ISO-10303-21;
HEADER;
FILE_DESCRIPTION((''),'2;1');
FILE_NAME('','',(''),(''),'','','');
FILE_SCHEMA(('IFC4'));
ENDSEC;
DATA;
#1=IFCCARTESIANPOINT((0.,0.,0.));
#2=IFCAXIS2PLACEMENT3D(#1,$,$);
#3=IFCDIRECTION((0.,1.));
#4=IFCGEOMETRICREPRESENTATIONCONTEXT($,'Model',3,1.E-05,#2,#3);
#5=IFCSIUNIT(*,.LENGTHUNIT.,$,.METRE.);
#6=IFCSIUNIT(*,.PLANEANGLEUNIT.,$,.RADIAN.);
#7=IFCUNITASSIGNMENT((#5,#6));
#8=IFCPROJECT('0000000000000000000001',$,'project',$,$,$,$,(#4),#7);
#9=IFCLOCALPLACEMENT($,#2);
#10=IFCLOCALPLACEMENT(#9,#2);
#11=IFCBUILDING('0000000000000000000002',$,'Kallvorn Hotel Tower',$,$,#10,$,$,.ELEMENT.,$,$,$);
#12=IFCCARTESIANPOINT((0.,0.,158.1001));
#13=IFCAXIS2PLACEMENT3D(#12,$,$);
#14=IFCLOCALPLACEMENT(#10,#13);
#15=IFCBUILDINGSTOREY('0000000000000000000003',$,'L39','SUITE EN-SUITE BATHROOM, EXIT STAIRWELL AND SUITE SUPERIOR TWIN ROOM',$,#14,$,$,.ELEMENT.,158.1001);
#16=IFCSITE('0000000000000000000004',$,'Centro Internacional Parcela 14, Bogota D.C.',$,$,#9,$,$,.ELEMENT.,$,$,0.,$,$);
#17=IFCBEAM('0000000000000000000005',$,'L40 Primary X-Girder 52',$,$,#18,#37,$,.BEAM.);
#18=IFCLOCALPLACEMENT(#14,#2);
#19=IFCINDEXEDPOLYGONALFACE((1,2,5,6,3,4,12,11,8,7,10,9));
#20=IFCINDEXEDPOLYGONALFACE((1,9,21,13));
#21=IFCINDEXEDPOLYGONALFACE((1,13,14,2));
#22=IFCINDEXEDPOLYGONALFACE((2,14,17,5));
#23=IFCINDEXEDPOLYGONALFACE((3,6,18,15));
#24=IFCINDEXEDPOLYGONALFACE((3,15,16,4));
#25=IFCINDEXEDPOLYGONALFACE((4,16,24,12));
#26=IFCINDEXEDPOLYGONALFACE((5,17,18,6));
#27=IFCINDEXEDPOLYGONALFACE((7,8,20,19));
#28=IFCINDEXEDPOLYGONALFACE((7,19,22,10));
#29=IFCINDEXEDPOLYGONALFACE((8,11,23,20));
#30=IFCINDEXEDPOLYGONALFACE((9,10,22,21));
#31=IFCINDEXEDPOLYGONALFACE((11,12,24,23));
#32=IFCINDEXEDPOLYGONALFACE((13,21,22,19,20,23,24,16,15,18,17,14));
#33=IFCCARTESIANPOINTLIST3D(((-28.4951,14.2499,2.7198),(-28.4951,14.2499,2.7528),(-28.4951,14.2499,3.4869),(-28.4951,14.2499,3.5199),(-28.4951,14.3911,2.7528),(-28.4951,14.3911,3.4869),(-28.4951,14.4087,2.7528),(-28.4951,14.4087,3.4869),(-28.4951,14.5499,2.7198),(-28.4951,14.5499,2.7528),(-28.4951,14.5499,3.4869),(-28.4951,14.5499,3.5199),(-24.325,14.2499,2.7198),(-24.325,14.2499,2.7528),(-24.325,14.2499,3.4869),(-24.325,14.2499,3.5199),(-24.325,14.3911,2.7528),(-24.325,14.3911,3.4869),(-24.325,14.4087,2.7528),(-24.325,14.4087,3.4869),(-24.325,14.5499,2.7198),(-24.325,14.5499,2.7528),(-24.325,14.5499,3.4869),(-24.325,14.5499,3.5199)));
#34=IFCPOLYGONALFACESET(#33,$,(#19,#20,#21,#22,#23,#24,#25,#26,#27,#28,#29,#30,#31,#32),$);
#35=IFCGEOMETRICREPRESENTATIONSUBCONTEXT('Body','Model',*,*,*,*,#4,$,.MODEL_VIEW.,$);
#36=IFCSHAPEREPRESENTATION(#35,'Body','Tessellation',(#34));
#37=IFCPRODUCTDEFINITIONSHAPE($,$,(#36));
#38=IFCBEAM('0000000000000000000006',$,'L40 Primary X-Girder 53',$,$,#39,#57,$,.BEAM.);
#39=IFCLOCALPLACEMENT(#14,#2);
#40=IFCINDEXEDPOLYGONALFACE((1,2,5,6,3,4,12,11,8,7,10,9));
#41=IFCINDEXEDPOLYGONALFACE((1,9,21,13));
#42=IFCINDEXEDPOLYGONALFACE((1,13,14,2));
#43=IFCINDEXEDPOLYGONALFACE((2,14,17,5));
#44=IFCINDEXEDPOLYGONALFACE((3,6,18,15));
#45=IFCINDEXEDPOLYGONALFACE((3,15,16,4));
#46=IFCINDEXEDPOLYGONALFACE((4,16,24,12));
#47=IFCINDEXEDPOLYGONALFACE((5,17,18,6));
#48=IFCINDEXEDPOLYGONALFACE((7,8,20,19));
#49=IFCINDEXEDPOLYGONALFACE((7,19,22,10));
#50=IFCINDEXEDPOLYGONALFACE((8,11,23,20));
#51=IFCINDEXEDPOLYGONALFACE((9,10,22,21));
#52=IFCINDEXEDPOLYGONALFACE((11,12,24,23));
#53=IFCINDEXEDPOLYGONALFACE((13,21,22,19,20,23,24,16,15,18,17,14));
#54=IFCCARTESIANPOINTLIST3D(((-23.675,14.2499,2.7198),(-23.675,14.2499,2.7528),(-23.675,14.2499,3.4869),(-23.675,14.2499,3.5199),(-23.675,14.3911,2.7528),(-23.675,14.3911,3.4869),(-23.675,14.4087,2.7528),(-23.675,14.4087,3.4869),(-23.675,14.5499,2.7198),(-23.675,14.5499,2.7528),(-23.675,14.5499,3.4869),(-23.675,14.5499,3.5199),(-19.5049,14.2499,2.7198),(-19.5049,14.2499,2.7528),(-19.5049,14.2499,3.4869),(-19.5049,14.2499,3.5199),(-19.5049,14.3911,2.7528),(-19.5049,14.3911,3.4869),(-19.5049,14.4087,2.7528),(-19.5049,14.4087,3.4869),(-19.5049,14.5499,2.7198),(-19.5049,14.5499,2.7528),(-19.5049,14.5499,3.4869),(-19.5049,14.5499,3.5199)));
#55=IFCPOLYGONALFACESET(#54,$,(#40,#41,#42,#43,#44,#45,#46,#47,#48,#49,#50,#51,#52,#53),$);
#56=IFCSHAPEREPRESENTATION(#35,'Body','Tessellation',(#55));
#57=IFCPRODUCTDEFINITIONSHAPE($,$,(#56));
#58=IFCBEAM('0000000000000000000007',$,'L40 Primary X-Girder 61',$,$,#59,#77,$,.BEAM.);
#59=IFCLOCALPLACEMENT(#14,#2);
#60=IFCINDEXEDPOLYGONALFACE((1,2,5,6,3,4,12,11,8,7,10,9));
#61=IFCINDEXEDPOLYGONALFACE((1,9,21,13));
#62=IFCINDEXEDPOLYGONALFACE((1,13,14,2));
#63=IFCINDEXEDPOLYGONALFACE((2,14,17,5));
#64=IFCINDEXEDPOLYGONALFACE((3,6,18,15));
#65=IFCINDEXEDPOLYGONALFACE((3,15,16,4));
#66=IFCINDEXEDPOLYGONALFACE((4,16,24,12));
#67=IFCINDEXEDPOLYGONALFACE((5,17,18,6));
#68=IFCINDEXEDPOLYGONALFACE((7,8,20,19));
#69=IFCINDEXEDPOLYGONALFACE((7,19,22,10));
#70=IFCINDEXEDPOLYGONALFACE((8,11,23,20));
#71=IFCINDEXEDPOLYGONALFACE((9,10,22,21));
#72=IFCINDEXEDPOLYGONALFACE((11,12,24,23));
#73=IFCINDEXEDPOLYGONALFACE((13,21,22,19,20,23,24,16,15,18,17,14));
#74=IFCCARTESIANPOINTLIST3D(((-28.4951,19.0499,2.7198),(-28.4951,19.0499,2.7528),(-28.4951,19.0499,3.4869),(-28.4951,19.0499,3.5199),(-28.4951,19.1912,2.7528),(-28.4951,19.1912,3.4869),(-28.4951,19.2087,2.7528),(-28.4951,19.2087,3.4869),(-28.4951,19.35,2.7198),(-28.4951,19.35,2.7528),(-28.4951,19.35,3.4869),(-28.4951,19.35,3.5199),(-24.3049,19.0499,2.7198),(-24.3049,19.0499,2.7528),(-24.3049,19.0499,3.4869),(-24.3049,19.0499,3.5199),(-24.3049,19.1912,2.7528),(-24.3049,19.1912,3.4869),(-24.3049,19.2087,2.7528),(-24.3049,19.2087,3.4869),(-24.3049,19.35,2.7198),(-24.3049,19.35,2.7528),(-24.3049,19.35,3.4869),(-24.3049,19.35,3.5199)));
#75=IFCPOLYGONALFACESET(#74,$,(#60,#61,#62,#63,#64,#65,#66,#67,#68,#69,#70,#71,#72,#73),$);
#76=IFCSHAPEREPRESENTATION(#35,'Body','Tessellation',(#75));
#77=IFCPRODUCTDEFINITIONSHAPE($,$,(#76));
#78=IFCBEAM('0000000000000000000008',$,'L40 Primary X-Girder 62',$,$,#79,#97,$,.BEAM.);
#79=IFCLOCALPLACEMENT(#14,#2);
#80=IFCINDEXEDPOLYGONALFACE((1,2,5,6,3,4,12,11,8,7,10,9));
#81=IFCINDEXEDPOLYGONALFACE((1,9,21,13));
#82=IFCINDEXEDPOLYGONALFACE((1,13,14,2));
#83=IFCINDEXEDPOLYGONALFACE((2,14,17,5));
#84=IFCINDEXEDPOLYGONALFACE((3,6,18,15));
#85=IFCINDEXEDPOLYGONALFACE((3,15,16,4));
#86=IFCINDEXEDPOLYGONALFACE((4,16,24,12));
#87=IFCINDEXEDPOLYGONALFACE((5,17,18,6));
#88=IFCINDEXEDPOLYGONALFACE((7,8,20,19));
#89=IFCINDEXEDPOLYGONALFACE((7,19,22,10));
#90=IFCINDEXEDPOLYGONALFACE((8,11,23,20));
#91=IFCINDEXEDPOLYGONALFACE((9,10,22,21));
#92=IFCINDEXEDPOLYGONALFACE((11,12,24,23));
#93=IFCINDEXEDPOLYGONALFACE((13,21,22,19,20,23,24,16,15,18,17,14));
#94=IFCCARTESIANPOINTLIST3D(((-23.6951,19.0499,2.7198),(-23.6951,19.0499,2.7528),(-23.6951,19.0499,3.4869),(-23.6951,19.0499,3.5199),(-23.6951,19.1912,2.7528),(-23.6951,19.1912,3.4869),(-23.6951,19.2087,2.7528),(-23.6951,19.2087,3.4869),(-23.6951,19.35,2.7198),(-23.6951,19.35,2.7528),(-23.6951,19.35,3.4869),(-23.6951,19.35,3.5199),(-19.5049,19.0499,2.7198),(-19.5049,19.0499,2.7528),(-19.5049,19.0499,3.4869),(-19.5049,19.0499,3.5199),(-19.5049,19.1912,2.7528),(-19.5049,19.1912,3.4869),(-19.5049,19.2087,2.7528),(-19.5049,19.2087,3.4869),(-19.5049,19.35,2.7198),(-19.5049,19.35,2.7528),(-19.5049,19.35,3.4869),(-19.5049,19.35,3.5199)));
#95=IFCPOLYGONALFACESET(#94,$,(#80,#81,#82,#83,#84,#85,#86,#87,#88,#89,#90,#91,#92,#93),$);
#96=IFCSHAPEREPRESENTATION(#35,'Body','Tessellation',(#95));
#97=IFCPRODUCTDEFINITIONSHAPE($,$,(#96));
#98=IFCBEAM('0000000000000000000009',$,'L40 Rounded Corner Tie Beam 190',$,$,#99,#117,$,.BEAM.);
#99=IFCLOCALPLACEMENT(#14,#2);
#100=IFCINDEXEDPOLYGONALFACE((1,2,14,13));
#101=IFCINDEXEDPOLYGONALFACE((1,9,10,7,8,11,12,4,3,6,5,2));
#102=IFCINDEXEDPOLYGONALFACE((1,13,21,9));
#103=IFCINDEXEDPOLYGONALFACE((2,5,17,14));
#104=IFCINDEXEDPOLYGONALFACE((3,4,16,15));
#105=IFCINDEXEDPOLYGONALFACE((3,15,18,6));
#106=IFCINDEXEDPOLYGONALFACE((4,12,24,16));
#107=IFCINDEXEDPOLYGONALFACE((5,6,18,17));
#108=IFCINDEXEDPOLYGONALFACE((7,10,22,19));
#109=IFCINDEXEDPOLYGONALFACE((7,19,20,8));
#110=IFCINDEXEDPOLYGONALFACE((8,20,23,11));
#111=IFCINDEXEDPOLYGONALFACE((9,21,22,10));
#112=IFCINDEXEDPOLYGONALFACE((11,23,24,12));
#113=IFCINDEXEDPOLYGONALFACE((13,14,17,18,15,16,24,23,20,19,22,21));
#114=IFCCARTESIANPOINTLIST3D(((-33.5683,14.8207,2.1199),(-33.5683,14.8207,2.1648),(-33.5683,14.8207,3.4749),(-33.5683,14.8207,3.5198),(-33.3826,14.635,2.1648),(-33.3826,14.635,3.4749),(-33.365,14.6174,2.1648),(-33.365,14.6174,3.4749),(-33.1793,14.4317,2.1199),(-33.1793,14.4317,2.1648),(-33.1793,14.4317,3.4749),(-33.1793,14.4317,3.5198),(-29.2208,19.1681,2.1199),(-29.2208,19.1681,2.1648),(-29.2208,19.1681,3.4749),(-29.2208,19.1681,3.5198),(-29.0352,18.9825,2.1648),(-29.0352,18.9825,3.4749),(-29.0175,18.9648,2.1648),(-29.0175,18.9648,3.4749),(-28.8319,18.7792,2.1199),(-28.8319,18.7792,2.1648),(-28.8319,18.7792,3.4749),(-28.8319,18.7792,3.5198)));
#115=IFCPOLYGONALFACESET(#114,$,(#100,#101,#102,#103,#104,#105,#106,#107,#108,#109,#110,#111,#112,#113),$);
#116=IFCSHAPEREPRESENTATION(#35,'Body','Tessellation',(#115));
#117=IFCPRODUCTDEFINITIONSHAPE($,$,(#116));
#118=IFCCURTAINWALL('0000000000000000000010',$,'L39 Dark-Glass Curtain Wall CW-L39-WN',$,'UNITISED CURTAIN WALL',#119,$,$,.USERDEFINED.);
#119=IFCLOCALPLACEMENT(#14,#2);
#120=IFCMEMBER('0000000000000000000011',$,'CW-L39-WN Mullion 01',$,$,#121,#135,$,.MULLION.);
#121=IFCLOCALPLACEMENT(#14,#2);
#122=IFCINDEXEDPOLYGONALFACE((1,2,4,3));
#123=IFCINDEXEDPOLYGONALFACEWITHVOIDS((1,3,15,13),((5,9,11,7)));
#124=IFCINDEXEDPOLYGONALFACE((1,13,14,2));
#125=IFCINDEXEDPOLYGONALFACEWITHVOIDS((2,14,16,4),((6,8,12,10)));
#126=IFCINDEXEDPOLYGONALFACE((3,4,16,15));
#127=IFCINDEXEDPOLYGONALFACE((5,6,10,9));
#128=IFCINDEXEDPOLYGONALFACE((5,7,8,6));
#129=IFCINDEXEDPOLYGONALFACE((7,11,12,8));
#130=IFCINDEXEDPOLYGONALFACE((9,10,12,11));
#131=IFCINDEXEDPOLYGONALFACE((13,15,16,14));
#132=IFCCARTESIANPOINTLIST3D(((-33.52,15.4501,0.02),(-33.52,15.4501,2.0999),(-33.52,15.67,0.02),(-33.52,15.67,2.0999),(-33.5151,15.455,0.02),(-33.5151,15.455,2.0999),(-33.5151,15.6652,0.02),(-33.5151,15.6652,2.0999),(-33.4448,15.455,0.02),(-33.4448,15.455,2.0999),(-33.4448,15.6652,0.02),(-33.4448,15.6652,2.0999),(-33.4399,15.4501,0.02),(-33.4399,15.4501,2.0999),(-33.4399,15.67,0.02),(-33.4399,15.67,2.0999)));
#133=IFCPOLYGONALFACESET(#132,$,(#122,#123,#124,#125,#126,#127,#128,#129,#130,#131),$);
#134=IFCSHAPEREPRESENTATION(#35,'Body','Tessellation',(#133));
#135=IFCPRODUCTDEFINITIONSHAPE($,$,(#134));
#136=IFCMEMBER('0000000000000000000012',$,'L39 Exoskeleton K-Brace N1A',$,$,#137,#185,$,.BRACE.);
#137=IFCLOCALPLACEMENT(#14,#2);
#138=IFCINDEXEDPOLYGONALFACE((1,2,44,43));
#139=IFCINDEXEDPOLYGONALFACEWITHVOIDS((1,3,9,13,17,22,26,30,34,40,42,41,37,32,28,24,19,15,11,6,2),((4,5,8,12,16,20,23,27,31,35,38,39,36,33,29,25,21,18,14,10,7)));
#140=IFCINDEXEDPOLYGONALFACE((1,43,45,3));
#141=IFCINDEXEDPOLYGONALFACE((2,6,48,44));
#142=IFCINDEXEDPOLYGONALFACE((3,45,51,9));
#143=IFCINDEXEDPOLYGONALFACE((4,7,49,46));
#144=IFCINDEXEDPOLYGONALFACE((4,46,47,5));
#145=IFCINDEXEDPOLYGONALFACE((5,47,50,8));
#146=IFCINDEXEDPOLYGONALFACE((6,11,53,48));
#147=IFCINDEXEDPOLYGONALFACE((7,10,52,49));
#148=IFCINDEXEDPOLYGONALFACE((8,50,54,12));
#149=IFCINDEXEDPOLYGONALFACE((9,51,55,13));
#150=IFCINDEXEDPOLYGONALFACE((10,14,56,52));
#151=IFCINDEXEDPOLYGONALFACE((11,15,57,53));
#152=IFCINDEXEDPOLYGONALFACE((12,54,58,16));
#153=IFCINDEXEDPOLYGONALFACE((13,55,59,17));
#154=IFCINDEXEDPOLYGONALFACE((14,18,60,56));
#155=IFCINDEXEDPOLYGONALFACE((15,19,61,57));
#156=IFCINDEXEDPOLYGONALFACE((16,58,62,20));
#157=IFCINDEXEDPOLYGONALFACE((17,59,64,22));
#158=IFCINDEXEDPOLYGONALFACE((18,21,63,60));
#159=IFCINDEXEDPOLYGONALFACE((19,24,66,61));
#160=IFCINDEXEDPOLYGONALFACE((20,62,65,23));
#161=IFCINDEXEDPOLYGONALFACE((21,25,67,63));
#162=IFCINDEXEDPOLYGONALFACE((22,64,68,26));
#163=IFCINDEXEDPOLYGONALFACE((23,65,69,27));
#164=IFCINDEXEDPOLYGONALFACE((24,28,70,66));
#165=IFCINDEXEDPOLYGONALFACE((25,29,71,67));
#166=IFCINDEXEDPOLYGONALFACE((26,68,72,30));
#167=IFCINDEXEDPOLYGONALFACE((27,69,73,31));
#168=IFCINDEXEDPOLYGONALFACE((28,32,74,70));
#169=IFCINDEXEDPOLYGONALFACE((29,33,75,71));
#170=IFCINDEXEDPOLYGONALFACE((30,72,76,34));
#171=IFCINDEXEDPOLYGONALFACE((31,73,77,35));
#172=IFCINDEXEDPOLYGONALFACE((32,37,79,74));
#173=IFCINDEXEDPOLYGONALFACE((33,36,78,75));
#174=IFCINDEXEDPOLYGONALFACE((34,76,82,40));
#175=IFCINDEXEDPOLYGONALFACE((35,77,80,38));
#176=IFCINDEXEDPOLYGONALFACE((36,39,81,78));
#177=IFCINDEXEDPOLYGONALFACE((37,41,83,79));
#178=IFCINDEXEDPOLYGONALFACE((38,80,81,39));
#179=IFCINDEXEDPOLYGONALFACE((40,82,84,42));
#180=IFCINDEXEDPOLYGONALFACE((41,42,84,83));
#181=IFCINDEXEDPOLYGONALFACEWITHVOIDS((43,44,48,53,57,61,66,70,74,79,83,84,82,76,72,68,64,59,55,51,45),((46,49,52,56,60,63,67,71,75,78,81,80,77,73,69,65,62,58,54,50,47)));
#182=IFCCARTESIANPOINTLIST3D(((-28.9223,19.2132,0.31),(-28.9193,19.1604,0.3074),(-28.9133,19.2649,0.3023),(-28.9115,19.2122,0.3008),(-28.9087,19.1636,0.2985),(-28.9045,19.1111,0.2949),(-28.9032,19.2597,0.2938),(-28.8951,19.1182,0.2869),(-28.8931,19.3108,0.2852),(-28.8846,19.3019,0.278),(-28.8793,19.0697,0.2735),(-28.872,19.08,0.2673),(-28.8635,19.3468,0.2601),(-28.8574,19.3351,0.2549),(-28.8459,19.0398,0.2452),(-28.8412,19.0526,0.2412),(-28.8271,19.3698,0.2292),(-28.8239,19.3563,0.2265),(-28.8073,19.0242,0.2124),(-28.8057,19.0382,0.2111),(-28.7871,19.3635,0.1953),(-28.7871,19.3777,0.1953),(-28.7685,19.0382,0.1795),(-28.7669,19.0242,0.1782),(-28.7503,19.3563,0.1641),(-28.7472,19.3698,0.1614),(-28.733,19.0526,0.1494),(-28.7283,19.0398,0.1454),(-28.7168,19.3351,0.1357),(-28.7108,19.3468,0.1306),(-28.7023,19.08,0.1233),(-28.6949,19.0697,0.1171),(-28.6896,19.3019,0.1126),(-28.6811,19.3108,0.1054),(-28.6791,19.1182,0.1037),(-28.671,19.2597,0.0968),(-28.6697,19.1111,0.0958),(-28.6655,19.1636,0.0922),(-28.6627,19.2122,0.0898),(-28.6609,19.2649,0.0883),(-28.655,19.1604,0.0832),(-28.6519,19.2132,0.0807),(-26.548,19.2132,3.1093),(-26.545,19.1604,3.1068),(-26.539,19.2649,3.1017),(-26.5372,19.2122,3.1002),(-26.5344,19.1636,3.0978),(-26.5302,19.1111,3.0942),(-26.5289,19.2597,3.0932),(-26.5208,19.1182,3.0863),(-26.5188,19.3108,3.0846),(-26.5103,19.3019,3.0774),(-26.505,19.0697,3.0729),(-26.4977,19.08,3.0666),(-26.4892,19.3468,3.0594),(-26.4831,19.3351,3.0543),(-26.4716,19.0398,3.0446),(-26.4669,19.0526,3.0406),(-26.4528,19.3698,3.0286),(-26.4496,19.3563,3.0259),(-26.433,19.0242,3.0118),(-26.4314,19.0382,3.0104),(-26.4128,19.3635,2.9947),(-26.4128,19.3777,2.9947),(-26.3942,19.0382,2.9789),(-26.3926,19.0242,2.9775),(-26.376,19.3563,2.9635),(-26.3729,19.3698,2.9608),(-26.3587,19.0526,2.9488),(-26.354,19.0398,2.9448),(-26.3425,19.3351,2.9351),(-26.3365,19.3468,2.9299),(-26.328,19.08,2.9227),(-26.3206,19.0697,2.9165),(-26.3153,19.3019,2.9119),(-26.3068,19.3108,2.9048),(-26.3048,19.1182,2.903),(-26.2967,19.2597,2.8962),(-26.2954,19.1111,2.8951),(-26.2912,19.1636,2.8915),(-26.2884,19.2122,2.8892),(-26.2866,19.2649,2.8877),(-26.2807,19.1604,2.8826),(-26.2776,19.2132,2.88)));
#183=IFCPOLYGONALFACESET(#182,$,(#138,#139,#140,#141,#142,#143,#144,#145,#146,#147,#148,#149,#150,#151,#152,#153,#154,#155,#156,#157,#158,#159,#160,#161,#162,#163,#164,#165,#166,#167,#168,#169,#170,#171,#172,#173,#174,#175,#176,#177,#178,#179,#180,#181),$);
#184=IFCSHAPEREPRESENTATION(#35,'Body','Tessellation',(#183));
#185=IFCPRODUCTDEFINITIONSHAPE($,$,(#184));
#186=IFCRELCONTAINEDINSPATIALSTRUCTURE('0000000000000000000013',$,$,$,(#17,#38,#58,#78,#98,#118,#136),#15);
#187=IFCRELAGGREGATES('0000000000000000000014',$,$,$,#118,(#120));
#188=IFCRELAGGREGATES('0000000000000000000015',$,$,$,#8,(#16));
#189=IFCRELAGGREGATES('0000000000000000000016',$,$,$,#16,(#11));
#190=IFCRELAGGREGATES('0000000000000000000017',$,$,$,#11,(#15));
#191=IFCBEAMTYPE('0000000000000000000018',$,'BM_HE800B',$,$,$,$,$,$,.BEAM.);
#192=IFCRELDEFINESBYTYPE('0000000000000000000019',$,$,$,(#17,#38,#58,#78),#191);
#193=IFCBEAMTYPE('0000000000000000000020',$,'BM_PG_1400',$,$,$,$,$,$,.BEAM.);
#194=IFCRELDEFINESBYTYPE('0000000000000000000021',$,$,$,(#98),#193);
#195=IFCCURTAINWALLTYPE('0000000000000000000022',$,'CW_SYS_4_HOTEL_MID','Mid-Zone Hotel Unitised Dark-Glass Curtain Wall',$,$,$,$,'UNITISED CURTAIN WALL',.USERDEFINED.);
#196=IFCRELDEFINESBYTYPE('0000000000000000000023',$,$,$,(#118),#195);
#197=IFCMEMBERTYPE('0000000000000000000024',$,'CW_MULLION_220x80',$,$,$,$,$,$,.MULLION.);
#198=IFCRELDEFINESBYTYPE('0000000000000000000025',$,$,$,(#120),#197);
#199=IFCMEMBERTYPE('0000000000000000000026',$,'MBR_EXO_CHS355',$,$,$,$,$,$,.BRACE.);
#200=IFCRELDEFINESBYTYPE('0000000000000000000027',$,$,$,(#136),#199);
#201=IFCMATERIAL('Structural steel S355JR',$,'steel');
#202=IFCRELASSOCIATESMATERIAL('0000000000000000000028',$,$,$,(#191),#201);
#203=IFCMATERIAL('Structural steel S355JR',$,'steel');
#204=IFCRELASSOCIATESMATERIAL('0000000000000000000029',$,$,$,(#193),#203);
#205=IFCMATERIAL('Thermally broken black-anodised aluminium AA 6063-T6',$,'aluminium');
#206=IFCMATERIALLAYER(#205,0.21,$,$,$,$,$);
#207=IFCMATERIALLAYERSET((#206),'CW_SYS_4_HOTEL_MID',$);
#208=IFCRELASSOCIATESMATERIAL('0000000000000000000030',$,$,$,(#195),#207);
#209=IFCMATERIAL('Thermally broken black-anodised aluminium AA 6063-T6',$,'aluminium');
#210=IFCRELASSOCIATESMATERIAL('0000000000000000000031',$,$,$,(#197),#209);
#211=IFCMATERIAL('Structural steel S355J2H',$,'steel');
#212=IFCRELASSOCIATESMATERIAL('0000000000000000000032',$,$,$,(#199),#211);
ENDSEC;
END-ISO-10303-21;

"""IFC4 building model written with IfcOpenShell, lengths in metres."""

from ifc_helpers import new_model, si_unit, direction, frame, origin, origin_2d, place, context, subcontext, project, spatial, hollow_rectangle, hollow_circle, i_section, extrude, material, layer, layer_set, material_profile, profile_set, type_object, element, aggregate, save


model = new_model("IFC4")

# Units and contexts
model_context = context("Model", 3, precision=1e-05, world=origin(), true_north=direction((0.0, 1.0)))
body_context = subcontext(model_context, "Body", "Model", "MODEL_VIEW")
ifc_project = project(units=[si_unit("LENGTHUNIT", "METRE"), si_unit("PLANEANGLEUNIT", "RADIAN")], contexts=[model_context])

# Site, building, storey
site_placement = place(None, origin())
site = spatial("IfcSite", under=ifc_project, at=site_placement, Name="Centro Internacional Parcela 14, Bogota D.C.", CompositionType="ELEMENT", RefElevation=0.0)
building_placement = place(site_placement, origin())
building = spatial("IfcBuilding", under=site, at=building_placement, Name="Kallvorn Hotel Tower", CompositionType="ELEMENT")
storey_placement = place(building_placement, frame((0.0, 0.0, 158.1001)))
storey = spatial("IfcBuildingStorey", under=building, at=storey_placement, Name="L39", Description="SUITE EN-SUITE BATHROOM, EXIT STAIRWELL AND SUITE SUPERIOR TWIN ROOM", CompositionType="ELEMENT", Elevation=158.1001)

# Beams
ifc_material_1 = material(Name="Structural steel S355JR", Category="steel")
ifc_material_profile_1 = material_profile(ifc_material_1, i_section(OverallWidth=0.3, OverallDepth=0.8, WebThickness=0.0176, FlangeThickness=0.033, at=origin_2d()), Name="HE 800 B")
ifc_profile_set_1 = profile_set([ifc_material_profile_1], Name="Structural steel S355JR")
beam_type_1 = type_object("IfcBeamType", Name="BM_HE800B", PredefinedType="BEAM", material=ifc_profile_set_1)
for number, where, z_axis, x_axis, name in (
    (1, (-28.4951, 14.3999, 3.1199), (1.0, 0.0, 0.0), (0.0, 1.0, 0.0), "L40 Primary X-Girder 52"),
    (2, (-23.675, 14.3999, 3.1199), (1.0, 0.0, 0.0), (0.0, 1.0, 0.0), "L40 Primary X-Girder 53"),
):
    element("IfcBeam", number, at=place(storey_placement, frame(where, z_axis=z_axis, x_axis=x_axis)), inside=storey, type_object=beam_type_1, Name=name, PredefinedType="BEAM", context=body_context, shape_type="SweptSolid", body=[
        extrude(i_section(OverallWidth=0.3, OverallDepth=0.8, WebThickness=0.0176, FlangeThickness=0.033, at=origin_2d()), origin(), (0.0, 0.0, 1.0), 4.1702),
    ])
for number, where, z_axis, x_axis, name in (
    (3, (-28.4951, 19.2, 3.1199), (1.0, 0.0, 0.0), (0.0, 1.0, 0.0), "L40 Primary X-Girder 61"),
    (4, (-23.6951, 19.2, 3.1199), (1.0, 0.0, 0.0), (0.0, 1.0, 0.0), "L40 Primary X-Girder 62"),
):
    element("IfcBeam", number, at=place(storey_placement, frame(where, z_axis=z_axis, x_axis=x_axis)), inside=storey, type_object=beam_type_1, Name=name, PredefinedType="BEAM", context=body_context, shape_type="SweptSolid", body=[
        extrude(i_section(OverallWidth=0.3, OverallDepth=0.8, WebThickness=0.0176, FlangeThickness=0.033, at=origin_2d()), origin(), (0.0, 0.0, 1.0), 4.1902),
    ])
ifc_material_2 = material(Name="Structural steel S355JR", Category="steel")
ifc_material_profile_2 = material_profile(ifc_material_2, i_section(OverallWidth=0.55, OverallDepth=1.3999, WebThickness=0.0249, FlangeThickness=0.0449, at=origin_2d()), Name="PG 1400x550x25x45")
ifc_profile_set_2 = profile_set([ifc_material_profile_2], Name="Structural steel S355JR")
beam_type_2 = type_object("IfcBeamType", Name="BM_PG_1400", PredefinedType="BEAM", material=ifc_profile_set_2)
beam_1_placement = place(storey_placement, frame((-33.3738, 14.6262, 2.8198), z_axis=(0.707107, 0.707107, 0.0), x_axis=(-0.707107, 0.707107, 0.0)))
element("IfcBeam", 5, at=beam_1_placement, inside=storey, type_object=beam_type_2, Name="L40 Rounded Corner Tie Beam 190", PredefinedType="BEAM", context=body_context, shape_type="SweptSolid", body=[
    extrude(i_section(OverallWidth=0.55, OverallDepth=1.3999, WebThickness=0.0249, FlangeThickness=0.0449, at=origin_2d()), origin(), (0.0, 0.0, 1.0), 6.1482),
])

# Curtain wall, member
ifc_material_3 = material(Name="Thermally broken black-anodised aluminium AA 6063-T6", Category="aluminium")
ifc_layer_1 = layer(ifc_material_3, 0.21)
ifc_layer_set_1 = layer_set([ifc_layer_1], Name="CW_SYS_4_HOTEL_MID")
curtain_wall_type = type_object("IfcCurtainWallType", Name="CW_SYS_4_HOTEL_MID", Description="Mid-Zone Hotel Unitised Dark-Glass Curtain Wall", ElementType="UNITISED CURTAIN WALL", PredefinedType="USERDEFINED", material=ifc_layer_set_1)
curtain_wall_placement = place(storey_placement, origin())
curtain_wall = element("IfcCurtainWall", 6, at=curtain_wall_placement, inside=storey, type_object=curtain_wall_type, Name="L39 Dark-Glass Curtain Wall CW-L39-WN", ObjectType="UNITISED CURTAIN WALL", PredefinedType="USERDEFINED")
ifc_material_4 = material(Name="Thermally broken black-anodised aluminium AA 6063-T6", Category="aluminium")
ifc_material_profile_3 = material_profile(ifc_material_4, hollow_rectangle(XDim=0.0801, YDim=0.22, WallThickness=0.0049, at=origin_2d()), Name="MUL 220x80")
ifc_profile_set_3 = profile_set([ifc_material_profile_3], Name="Thermally broken black-anodised aluminium AA 6063-T6")
member_type_1 = type_object("IfcMemberType", Name="CW_MULLION_220x80", PredefinedType="MULLION", material=ifc_profile_set_3)
member_placement = place(storey_placement, frame((-33.48, 15.5601, 0.02), z_axis=(0.0, 0.0, 1.0), x_axis=(1.0, 0.0, 0.0)))
member = element("IfcMember", 7, at=member_placement, type_object=member_type_1, Name="CW-L39-WN Mullion 01", PredefinedType="MULLION", context=body_context, shape_type="SweptSolid", body=[
    extrude(hollow_rectangle(XDim=0.0801, YDim=0.22, WallThickness=0.0049, at=origin_2d()), origin(), (0.0, 0.0, 1.0), 2.0798),
])
aggregate(curtain_wall, [member])

# Member
ifc_material_5 = material(Name="Structural steel S355J2H", Category="steel")
ifc_material_profile_4 = material_profile(ifc_material_5, hollow_circle(Radius=0.1777, WallThickness=0.0142, at=origin_2d()), Name="CHS 355.6x14.2")
ifc_profile_set_4 = profile_set([ifc_material_profile_4], Name="Structural steel S355J2H")
member_type_2 = type_object("IfcMemberType", Name="MBR_EXO_CHS355", PredefinedType="BRACE", material=ifc_profile_set_4)
for number, where, z_axis, x_axis, name in (
    (8, (-28.7871, 19.2, 0.1953), (0.646833, 0.0, 0.762631), (0.0, 1.0, 0.0), "L39 Exoskeleton K-Brace N1A"),
):
    element("IfcMember", number, at=place(storey_placement, frame(where, z_axis=z_axis, x_axis=x_axis)), inside=storey, type_object=member_type_2, Name=name, PredefinedType="BRACE", context=body_context, shape_type="SweptSolid", body=[
        extrude(hollow_circle(Radius=0.1777, WallThickness=0.0142, at=origin_2d()), origin(), (0.0, 0.0, 1.0), 3.6707),
    ])

save(model, "model.ifc")
